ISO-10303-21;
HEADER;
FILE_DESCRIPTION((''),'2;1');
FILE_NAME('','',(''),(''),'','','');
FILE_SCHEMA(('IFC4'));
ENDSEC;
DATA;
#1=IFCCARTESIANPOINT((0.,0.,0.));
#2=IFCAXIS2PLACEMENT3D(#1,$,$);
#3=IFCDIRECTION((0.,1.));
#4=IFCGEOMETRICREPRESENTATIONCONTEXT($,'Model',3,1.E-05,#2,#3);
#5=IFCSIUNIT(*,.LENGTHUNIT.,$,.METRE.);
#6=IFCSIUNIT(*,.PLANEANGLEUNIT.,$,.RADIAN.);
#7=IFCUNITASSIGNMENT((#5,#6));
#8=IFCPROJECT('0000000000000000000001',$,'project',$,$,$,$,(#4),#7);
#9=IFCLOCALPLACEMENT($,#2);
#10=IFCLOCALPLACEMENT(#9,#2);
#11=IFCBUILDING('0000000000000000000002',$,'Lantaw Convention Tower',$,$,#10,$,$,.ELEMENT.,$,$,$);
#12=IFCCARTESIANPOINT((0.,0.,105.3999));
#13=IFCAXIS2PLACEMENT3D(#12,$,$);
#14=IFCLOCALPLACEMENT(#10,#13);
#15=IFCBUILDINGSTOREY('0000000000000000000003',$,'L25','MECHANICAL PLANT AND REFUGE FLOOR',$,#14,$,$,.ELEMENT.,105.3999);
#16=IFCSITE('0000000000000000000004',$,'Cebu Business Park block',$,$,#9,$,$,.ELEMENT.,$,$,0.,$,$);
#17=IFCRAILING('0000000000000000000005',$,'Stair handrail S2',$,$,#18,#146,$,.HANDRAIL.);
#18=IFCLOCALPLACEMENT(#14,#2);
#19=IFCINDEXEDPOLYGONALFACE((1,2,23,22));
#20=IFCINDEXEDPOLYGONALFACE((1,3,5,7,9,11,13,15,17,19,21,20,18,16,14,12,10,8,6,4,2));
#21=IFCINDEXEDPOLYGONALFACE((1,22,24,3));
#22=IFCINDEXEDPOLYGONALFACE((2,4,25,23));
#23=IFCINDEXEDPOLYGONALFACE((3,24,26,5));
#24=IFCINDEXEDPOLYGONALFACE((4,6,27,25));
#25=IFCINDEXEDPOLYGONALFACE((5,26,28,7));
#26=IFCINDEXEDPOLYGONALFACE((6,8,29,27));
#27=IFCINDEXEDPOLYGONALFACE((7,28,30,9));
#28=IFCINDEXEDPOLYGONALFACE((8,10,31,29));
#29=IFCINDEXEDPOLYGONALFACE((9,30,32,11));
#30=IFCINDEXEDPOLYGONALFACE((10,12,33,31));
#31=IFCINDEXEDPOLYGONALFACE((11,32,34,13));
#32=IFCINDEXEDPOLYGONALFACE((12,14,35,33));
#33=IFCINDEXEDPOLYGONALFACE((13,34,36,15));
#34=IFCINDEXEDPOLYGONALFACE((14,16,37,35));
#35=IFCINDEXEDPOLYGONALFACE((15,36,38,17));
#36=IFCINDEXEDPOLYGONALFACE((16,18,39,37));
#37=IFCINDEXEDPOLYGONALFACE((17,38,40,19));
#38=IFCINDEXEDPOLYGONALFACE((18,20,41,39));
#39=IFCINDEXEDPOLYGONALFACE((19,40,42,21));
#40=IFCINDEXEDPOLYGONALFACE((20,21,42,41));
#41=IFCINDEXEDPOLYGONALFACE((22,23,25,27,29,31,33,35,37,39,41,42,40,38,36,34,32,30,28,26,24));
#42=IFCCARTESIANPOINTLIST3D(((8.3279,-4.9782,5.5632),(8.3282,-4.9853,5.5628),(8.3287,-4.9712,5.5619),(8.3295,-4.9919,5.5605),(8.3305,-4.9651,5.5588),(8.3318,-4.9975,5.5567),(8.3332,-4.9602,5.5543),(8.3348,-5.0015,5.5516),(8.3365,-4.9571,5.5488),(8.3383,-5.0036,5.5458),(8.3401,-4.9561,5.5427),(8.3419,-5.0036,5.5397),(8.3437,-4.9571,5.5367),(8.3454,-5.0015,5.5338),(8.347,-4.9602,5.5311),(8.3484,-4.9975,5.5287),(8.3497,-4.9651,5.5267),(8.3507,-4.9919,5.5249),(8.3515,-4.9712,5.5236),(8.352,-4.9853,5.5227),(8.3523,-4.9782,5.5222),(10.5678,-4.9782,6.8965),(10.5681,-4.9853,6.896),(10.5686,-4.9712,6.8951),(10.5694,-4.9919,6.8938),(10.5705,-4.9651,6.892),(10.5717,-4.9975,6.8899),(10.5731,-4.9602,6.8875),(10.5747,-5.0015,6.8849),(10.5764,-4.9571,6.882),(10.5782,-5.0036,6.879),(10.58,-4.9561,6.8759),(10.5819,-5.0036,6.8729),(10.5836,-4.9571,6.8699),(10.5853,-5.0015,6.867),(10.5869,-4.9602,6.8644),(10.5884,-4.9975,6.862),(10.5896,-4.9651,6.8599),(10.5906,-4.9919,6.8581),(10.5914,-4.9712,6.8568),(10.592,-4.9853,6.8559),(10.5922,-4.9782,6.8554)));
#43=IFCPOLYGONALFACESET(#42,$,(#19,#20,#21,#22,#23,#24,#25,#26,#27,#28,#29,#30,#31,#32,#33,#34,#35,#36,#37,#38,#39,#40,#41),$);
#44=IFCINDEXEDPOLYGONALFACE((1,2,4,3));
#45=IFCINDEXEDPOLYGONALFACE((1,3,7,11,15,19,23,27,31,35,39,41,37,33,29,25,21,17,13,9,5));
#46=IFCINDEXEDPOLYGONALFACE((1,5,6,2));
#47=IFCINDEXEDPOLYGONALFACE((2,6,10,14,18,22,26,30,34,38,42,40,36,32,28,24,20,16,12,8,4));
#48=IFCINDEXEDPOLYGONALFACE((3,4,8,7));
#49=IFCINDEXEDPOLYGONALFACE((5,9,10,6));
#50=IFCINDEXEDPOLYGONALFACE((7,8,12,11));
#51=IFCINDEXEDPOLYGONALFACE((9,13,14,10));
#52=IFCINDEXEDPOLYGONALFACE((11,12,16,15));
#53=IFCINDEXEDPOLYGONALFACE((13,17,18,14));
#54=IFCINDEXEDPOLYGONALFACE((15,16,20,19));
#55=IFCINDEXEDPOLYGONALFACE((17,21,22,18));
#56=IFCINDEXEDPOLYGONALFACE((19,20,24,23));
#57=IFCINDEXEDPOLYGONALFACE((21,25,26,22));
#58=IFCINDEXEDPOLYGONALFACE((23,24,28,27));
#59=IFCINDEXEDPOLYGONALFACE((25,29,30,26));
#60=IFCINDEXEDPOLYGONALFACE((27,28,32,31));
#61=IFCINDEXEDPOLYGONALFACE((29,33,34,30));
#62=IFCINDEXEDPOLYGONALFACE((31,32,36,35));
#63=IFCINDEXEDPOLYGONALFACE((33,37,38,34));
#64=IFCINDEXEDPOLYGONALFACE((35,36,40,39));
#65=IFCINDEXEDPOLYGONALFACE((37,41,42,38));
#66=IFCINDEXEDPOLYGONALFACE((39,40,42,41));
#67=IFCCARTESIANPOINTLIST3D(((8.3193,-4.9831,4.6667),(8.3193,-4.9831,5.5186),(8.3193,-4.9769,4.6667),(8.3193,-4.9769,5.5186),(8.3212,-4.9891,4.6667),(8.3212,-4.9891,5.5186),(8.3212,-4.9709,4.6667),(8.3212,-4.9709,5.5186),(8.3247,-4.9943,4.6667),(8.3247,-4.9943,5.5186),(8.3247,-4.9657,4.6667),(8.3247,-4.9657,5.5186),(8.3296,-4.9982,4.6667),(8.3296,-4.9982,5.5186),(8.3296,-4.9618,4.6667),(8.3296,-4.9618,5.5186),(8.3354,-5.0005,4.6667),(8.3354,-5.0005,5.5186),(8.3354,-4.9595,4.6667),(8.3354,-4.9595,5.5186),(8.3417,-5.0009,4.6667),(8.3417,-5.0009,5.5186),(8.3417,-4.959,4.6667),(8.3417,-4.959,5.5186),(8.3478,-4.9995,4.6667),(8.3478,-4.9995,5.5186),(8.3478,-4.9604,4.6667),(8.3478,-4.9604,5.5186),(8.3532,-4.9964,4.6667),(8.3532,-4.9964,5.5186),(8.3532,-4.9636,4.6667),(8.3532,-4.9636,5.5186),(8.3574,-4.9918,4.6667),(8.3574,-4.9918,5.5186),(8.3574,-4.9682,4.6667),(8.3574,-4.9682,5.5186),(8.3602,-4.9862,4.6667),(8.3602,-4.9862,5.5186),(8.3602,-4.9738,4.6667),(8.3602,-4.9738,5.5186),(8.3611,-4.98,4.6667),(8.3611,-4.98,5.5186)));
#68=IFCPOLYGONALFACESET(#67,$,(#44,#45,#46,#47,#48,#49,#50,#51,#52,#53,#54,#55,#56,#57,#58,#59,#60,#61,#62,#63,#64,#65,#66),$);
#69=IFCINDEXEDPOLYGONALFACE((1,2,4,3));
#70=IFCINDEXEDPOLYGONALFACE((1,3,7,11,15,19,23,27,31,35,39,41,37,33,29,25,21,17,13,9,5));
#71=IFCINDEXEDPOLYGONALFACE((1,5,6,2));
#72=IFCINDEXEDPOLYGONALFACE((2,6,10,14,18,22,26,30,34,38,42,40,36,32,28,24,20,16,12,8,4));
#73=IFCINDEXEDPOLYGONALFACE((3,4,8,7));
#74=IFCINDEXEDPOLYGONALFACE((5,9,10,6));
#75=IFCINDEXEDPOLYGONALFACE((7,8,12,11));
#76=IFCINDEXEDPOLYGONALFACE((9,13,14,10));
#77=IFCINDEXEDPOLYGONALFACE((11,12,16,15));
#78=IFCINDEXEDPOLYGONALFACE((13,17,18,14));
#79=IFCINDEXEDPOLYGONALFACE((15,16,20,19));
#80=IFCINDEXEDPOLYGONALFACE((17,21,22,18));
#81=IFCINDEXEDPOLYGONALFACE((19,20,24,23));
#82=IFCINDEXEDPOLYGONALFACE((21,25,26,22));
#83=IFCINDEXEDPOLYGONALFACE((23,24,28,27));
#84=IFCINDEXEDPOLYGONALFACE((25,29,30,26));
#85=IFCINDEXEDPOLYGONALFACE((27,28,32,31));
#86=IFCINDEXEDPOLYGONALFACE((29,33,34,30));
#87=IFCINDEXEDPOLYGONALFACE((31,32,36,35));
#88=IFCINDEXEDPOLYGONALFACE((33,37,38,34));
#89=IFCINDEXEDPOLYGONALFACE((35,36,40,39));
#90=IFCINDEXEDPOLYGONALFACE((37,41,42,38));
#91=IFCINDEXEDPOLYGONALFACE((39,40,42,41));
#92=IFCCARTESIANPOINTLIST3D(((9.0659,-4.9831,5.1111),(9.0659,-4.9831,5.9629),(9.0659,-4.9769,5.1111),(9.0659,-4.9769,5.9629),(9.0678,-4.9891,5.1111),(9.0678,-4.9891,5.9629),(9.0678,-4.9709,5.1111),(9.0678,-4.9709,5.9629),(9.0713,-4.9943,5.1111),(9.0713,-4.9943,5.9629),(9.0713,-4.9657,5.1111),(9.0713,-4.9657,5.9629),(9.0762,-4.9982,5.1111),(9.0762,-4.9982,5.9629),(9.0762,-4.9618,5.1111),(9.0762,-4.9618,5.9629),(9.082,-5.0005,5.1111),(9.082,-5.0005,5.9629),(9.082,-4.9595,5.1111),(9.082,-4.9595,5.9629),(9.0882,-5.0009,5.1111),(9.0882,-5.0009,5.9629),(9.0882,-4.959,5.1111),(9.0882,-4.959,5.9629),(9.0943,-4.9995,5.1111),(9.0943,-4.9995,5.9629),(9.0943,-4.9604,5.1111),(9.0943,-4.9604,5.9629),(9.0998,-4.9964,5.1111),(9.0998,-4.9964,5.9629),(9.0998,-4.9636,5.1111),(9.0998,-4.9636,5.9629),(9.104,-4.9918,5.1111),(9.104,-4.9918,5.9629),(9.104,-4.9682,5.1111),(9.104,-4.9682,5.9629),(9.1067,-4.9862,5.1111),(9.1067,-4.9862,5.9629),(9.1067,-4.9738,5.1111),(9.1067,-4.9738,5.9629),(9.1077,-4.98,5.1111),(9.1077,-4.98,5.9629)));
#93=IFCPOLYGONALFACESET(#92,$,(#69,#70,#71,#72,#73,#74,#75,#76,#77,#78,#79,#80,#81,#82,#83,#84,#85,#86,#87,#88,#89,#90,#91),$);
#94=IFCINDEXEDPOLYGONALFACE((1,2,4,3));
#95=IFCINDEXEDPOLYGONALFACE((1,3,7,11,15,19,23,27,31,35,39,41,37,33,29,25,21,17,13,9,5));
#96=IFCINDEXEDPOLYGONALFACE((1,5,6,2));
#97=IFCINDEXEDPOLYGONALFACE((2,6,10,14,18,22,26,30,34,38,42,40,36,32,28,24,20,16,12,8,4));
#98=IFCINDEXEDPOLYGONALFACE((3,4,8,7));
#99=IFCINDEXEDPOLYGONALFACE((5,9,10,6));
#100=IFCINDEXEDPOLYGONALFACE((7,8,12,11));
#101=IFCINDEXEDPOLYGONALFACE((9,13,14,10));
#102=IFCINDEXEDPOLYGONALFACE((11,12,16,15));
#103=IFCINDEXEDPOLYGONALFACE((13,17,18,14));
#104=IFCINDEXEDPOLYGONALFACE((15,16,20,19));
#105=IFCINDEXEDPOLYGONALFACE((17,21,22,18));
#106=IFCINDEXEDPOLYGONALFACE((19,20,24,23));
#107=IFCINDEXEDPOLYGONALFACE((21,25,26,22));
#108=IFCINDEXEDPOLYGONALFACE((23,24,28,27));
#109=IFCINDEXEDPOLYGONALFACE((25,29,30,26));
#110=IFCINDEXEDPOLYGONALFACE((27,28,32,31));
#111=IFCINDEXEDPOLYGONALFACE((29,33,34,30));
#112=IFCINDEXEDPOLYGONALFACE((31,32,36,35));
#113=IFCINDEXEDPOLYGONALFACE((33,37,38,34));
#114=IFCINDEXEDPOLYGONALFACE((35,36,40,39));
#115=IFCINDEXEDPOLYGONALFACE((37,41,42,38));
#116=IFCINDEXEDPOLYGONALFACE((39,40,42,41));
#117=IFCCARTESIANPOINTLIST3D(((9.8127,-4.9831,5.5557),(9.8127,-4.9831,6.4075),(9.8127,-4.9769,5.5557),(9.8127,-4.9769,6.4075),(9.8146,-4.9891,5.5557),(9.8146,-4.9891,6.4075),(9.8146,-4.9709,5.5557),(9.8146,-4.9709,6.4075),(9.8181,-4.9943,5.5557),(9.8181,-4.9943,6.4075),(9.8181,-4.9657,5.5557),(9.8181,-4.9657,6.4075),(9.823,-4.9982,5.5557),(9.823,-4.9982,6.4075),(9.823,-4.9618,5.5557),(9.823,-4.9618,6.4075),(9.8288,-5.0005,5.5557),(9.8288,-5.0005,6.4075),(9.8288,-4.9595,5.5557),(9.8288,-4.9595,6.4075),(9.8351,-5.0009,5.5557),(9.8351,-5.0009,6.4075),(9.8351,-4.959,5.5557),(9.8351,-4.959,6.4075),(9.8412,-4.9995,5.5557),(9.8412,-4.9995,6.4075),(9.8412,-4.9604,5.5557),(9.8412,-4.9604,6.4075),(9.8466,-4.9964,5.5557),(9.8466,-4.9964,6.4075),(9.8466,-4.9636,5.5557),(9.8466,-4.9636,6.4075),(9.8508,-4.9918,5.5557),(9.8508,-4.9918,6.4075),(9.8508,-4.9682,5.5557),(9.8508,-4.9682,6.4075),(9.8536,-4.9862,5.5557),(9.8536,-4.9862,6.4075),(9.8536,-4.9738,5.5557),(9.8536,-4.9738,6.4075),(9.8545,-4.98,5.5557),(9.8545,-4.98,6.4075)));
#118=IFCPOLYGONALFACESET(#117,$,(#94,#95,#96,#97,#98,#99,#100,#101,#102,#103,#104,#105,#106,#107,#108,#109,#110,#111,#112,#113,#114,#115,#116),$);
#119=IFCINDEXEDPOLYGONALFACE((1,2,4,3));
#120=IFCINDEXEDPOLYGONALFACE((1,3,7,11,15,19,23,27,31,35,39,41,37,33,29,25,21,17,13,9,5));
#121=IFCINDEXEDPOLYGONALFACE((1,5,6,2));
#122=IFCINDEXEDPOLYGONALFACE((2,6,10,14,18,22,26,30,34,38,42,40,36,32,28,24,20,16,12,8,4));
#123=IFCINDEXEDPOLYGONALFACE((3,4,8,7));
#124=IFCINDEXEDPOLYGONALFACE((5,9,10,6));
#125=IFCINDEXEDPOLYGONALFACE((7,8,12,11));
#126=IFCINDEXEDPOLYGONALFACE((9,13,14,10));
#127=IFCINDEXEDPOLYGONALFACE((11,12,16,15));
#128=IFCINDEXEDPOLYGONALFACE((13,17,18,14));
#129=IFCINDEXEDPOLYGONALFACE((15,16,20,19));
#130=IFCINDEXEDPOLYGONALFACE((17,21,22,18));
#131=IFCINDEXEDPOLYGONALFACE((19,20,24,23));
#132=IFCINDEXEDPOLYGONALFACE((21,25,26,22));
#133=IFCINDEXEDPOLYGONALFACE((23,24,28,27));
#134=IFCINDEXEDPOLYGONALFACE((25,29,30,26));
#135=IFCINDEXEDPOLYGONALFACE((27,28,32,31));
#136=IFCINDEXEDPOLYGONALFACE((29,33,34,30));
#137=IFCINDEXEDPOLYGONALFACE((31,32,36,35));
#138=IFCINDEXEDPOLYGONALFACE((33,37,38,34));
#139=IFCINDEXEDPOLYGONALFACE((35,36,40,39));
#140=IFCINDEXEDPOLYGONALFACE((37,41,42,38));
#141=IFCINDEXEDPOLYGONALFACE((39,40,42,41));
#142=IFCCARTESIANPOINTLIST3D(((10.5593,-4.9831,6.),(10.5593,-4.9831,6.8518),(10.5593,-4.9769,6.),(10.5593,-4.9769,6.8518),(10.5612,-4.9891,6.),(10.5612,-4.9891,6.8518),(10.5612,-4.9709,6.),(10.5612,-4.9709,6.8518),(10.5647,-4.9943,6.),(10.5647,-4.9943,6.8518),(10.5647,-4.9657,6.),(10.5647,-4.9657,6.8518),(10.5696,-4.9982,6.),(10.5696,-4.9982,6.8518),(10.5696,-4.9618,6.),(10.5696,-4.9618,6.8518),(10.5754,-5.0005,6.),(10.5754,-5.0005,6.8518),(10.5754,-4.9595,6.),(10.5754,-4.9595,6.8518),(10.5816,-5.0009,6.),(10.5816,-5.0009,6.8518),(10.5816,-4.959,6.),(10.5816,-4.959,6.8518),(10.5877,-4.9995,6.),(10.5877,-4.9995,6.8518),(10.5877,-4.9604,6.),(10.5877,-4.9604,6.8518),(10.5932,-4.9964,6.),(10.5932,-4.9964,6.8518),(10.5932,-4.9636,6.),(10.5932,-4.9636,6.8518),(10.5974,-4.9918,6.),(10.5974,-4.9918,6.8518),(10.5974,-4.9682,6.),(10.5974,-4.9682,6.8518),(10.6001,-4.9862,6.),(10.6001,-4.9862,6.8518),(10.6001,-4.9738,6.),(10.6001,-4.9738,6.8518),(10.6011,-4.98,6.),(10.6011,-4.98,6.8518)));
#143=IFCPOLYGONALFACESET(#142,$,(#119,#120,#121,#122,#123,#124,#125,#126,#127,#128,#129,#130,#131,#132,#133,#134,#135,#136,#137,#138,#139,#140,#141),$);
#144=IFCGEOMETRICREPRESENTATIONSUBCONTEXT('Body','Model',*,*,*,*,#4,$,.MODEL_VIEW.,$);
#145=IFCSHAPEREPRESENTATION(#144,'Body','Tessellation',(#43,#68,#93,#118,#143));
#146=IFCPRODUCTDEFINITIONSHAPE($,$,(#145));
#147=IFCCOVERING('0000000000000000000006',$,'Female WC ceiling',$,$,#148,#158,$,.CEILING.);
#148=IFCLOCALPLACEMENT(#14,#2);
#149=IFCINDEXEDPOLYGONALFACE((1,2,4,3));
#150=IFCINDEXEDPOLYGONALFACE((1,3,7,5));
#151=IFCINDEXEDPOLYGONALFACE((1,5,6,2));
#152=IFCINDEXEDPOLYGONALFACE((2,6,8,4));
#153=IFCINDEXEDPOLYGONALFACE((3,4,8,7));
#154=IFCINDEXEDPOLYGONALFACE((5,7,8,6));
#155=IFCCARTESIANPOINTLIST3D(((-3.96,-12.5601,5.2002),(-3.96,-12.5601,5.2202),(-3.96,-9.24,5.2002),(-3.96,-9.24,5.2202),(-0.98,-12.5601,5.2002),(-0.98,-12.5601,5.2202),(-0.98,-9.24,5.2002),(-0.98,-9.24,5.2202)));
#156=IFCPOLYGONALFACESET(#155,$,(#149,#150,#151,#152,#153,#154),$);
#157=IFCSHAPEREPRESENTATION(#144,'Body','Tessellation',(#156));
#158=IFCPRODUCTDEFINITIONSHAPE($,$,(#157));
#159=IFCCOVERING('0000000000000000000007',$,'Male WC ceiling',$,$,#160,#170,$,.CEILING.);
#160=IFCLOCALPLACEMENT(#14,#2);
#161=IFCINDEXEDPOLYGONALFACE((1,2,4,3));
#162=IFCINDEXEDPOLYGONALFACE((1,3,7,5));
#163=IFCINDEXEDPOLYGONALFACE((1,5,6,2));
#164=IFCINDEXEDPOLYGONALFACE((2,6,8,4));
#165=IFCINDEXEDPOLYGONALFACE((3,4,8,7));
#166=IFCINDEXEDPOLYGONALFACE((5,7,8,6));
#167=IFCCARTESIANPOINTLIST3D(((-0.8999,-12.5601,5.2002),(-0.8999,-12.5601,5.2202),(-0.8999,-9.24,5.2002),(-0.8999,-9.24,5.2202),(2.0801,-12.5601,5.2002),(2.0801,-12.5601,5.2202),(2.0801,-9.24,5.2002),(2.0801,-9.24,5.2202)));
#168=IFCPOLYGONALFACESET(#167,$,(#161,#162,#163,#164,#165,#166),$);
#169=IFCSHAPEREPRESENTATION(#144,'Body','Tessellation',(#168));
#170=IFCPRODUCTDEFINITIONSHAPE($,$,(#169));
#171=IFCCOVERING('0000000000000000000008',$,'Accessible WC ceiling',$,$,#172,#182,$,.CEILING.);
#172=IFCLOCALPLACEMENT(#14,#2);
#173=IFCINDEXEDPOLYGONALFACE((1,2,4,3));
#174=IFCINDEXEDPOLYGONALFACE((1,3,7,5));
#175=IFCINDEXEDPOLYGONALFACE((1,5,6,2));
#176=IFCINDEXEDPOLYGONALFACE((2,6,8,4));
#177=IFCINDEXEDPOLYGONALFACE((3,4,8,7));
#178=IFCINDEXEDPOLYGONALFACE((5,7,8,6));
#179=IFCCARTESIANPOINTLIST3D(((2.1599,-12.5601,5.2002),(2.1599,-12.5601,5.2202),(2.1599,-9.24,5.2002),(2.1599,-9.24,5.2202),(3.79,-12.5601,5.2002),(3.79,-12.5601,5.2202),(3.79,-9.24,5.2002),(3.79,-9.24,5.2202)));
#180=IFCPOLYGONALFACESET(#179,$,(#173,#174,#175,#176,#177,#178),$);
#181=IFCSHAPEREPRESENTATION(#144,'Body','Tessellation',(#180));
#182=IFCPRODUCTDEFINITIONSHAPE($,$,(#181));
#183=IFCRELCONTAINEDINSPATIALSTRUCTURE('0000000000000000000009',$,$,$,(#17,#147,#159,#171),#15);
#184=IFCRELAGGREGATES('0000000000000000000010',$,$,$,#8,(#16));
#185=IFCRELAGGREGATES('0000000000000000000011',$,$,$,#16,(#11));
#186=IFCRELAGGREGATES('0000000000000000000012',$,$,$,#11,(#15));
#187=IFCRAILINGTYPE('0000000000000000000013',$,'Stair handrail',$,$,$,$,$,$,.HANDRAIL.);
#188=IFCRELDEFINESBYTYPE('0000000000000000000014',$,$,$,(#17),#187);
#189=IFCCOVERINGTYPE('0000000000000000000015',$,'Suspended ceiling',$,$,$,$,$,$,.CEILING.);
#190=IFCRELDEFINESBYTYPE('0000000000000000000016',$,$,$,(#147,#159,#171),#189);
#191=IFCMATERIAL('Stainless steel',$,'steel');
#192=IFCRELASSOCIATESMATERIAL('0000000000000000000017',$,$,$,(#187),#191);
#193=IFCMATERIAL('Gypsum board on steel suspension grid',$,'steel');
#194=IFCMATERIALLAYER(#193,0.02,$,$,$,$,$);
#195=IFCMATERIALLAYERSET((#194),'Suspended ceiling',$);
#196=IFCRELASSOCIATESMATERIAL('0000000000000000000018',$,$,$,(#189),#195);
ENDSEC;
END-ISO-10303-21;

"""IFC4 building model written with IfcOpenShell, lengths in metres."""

from ifc_helpers import new_model, si_unit, direction, frame, origin, origin_2d, place, context, subcontext, project, spatial, polyline, circle, outline, extrude, material, layer, layer_set, type_object, element, save


model = new_model("IFC4")

# Units and contexts
model_context = context("Model", 3, precision=1e-05, world=origin(), true_north=direction((0.0, 1.0)))
body_context = subcontext(model_context, "Body", "Model", "MODEL_VIEW")
ifc_project = project(units=[si_unit("LENGTHUNIT", "METRE"), si_unit("PLANEANGLEUNIT", "RADIAN")], contexts=[model_context])

# Site, building, storey
site_placement = place(None, origin())
site = spatial("IfcSite", under=ifc_project, at=site_placement, Name="Cebu Business Park block", CompositionType="ELEMENT", RefElevation=0.0)
building_placement = place(site_placement, origin())
building = spatial("IfcBuilding", under=site, at=building_placement, Name="Lantaw Convention Tower", CompositionType="ELEMENT")
storey_placement = place(building_placement, frame((0.0, 0.0, 105.3999)))
storey = spatial("IfcBuildingStorey", under=building, at=storey_placement, Name="L25", Description="MECHANICAL PLANT AND REFUGE FLOOR", CompositionType="ELEMENT", Elevation=105.3999)

# Railing
ifc_material_1 = material(Name="Stainless steel", Category="steel")
railing_type = type_object("IfcRailingType", Name="Stair handrail", PredefinedType="HANDRAIL", material=ifc_material_1)
railing_1_placement = place(storey_placement, frame((8.3401, -4.98, 4.6667)))
element("IfcRailing", 1, at=railing_1_placement, inside=storey, type_object=railing_type, Name="Stair handrail S2", PredefinedType="HANDRAIL", context=body_context, shape_type="SweptSolid", body=[
    extrude(circle(Radius=0.0239, at=origin_2d()), frame((0.0, 0.0, 0.876), z_axis=(0.859306, 0.0, 0.511462), x_axis=(0.0, 1.0, 0.0)), (0.0, 0.0, 1.0), 2.6067),
    extrude(circle(Radius=0.021, at=origin_2d()), origin(), (0.0, 0.0, 1.0), 0.8518),
    extrude(circle(Radius=0.021, at=origin_2d()), frame((0.7466, 0.0, 0.4443)), (0.0, 0.0, 1.0), 0.8518),
    extrude(circle(Radius=0.021, at=origin_2d()), frame((1.4934, 0.0, 0.8889)), (0.0, 0.0, 1.0), 0.8518),
    extrude(circle(Radius=0.021, at=origin_2d()), frame((2.24, 0.0, 1.3333)), (0.0, 0.0, 1.0), 0.8518),
])

# Coverings
ifc_material_2 = material(Name="Gypsum board on steel suspension grid", Category="steel")
ifc_layer_1 = layer(ifc_material_2, 0.02)
ifc_layer_set_1 = layer_set([ifc_layer_1], Name="Suspended ceiling")
covering_type = type_object("IfcCoveringType", Name="Suspended ceiling", PredefinedType="CEILING", material=ifc_layer_set_1)
covering_1_placement = place(storey_placement, frame((0.0, 0.0, 5.2002)))
element("IfcCovering", 2, at=covering_1_placement, inside=storey, type_object=covering_type, Name="Female WC ceiling", PredefinedType="CEILING", context=body_context, shape_type="SweptSolid", body=[
    extrude(outline(polyline([(-3.96, -12.5601), (-0.98, -12.5601), (-0.98, -9.24), (-3.96, -9.24), (-3.96, -12.5601)])), origin(), (0.0, 0.0, 1.0), 0.02),
])
covering_2_placement = place(storey_placement, frame((0.0, 0.0, 5.2002)))
element("IfcCovering", 3, at=covering_2_placement, inside=storey, type_object=covering_type, Name="Male WC ceiling", PredefinedType="CEILING", context=body_context, shape_type="SweptSolid", body=[
    extrude(outline(polyline([(-0.8999, -12.5601), (2.0801, -12.5601), (2.0801, -9.24), (-0.8999, -9.24), (-0.8999, -12.5601)])), origin(), (0.0, 0.0, 1.0), 0.02),
])
covering_3_placement = place(storey_placement, frame((0.0, 0.0, 5.2002)))
element("IfcCovering", 4, at=covering_3_placement, inside=storey, type_object=covering_type, Name="Accessible WC ceiling", PredefinedType="CEILING", context=body_context, shape_type="SweptSolid", body=[
    extrude(outline(polyline([(2.1599, -12.5601), (3.79, -12.5601), (3.79, -9.24), (2.1599, -9.24), (2.1599, -12.5601)])), origin(), (0.0, 0.0, 1.0), 0.02),
])

save(model, "model.ifc")
